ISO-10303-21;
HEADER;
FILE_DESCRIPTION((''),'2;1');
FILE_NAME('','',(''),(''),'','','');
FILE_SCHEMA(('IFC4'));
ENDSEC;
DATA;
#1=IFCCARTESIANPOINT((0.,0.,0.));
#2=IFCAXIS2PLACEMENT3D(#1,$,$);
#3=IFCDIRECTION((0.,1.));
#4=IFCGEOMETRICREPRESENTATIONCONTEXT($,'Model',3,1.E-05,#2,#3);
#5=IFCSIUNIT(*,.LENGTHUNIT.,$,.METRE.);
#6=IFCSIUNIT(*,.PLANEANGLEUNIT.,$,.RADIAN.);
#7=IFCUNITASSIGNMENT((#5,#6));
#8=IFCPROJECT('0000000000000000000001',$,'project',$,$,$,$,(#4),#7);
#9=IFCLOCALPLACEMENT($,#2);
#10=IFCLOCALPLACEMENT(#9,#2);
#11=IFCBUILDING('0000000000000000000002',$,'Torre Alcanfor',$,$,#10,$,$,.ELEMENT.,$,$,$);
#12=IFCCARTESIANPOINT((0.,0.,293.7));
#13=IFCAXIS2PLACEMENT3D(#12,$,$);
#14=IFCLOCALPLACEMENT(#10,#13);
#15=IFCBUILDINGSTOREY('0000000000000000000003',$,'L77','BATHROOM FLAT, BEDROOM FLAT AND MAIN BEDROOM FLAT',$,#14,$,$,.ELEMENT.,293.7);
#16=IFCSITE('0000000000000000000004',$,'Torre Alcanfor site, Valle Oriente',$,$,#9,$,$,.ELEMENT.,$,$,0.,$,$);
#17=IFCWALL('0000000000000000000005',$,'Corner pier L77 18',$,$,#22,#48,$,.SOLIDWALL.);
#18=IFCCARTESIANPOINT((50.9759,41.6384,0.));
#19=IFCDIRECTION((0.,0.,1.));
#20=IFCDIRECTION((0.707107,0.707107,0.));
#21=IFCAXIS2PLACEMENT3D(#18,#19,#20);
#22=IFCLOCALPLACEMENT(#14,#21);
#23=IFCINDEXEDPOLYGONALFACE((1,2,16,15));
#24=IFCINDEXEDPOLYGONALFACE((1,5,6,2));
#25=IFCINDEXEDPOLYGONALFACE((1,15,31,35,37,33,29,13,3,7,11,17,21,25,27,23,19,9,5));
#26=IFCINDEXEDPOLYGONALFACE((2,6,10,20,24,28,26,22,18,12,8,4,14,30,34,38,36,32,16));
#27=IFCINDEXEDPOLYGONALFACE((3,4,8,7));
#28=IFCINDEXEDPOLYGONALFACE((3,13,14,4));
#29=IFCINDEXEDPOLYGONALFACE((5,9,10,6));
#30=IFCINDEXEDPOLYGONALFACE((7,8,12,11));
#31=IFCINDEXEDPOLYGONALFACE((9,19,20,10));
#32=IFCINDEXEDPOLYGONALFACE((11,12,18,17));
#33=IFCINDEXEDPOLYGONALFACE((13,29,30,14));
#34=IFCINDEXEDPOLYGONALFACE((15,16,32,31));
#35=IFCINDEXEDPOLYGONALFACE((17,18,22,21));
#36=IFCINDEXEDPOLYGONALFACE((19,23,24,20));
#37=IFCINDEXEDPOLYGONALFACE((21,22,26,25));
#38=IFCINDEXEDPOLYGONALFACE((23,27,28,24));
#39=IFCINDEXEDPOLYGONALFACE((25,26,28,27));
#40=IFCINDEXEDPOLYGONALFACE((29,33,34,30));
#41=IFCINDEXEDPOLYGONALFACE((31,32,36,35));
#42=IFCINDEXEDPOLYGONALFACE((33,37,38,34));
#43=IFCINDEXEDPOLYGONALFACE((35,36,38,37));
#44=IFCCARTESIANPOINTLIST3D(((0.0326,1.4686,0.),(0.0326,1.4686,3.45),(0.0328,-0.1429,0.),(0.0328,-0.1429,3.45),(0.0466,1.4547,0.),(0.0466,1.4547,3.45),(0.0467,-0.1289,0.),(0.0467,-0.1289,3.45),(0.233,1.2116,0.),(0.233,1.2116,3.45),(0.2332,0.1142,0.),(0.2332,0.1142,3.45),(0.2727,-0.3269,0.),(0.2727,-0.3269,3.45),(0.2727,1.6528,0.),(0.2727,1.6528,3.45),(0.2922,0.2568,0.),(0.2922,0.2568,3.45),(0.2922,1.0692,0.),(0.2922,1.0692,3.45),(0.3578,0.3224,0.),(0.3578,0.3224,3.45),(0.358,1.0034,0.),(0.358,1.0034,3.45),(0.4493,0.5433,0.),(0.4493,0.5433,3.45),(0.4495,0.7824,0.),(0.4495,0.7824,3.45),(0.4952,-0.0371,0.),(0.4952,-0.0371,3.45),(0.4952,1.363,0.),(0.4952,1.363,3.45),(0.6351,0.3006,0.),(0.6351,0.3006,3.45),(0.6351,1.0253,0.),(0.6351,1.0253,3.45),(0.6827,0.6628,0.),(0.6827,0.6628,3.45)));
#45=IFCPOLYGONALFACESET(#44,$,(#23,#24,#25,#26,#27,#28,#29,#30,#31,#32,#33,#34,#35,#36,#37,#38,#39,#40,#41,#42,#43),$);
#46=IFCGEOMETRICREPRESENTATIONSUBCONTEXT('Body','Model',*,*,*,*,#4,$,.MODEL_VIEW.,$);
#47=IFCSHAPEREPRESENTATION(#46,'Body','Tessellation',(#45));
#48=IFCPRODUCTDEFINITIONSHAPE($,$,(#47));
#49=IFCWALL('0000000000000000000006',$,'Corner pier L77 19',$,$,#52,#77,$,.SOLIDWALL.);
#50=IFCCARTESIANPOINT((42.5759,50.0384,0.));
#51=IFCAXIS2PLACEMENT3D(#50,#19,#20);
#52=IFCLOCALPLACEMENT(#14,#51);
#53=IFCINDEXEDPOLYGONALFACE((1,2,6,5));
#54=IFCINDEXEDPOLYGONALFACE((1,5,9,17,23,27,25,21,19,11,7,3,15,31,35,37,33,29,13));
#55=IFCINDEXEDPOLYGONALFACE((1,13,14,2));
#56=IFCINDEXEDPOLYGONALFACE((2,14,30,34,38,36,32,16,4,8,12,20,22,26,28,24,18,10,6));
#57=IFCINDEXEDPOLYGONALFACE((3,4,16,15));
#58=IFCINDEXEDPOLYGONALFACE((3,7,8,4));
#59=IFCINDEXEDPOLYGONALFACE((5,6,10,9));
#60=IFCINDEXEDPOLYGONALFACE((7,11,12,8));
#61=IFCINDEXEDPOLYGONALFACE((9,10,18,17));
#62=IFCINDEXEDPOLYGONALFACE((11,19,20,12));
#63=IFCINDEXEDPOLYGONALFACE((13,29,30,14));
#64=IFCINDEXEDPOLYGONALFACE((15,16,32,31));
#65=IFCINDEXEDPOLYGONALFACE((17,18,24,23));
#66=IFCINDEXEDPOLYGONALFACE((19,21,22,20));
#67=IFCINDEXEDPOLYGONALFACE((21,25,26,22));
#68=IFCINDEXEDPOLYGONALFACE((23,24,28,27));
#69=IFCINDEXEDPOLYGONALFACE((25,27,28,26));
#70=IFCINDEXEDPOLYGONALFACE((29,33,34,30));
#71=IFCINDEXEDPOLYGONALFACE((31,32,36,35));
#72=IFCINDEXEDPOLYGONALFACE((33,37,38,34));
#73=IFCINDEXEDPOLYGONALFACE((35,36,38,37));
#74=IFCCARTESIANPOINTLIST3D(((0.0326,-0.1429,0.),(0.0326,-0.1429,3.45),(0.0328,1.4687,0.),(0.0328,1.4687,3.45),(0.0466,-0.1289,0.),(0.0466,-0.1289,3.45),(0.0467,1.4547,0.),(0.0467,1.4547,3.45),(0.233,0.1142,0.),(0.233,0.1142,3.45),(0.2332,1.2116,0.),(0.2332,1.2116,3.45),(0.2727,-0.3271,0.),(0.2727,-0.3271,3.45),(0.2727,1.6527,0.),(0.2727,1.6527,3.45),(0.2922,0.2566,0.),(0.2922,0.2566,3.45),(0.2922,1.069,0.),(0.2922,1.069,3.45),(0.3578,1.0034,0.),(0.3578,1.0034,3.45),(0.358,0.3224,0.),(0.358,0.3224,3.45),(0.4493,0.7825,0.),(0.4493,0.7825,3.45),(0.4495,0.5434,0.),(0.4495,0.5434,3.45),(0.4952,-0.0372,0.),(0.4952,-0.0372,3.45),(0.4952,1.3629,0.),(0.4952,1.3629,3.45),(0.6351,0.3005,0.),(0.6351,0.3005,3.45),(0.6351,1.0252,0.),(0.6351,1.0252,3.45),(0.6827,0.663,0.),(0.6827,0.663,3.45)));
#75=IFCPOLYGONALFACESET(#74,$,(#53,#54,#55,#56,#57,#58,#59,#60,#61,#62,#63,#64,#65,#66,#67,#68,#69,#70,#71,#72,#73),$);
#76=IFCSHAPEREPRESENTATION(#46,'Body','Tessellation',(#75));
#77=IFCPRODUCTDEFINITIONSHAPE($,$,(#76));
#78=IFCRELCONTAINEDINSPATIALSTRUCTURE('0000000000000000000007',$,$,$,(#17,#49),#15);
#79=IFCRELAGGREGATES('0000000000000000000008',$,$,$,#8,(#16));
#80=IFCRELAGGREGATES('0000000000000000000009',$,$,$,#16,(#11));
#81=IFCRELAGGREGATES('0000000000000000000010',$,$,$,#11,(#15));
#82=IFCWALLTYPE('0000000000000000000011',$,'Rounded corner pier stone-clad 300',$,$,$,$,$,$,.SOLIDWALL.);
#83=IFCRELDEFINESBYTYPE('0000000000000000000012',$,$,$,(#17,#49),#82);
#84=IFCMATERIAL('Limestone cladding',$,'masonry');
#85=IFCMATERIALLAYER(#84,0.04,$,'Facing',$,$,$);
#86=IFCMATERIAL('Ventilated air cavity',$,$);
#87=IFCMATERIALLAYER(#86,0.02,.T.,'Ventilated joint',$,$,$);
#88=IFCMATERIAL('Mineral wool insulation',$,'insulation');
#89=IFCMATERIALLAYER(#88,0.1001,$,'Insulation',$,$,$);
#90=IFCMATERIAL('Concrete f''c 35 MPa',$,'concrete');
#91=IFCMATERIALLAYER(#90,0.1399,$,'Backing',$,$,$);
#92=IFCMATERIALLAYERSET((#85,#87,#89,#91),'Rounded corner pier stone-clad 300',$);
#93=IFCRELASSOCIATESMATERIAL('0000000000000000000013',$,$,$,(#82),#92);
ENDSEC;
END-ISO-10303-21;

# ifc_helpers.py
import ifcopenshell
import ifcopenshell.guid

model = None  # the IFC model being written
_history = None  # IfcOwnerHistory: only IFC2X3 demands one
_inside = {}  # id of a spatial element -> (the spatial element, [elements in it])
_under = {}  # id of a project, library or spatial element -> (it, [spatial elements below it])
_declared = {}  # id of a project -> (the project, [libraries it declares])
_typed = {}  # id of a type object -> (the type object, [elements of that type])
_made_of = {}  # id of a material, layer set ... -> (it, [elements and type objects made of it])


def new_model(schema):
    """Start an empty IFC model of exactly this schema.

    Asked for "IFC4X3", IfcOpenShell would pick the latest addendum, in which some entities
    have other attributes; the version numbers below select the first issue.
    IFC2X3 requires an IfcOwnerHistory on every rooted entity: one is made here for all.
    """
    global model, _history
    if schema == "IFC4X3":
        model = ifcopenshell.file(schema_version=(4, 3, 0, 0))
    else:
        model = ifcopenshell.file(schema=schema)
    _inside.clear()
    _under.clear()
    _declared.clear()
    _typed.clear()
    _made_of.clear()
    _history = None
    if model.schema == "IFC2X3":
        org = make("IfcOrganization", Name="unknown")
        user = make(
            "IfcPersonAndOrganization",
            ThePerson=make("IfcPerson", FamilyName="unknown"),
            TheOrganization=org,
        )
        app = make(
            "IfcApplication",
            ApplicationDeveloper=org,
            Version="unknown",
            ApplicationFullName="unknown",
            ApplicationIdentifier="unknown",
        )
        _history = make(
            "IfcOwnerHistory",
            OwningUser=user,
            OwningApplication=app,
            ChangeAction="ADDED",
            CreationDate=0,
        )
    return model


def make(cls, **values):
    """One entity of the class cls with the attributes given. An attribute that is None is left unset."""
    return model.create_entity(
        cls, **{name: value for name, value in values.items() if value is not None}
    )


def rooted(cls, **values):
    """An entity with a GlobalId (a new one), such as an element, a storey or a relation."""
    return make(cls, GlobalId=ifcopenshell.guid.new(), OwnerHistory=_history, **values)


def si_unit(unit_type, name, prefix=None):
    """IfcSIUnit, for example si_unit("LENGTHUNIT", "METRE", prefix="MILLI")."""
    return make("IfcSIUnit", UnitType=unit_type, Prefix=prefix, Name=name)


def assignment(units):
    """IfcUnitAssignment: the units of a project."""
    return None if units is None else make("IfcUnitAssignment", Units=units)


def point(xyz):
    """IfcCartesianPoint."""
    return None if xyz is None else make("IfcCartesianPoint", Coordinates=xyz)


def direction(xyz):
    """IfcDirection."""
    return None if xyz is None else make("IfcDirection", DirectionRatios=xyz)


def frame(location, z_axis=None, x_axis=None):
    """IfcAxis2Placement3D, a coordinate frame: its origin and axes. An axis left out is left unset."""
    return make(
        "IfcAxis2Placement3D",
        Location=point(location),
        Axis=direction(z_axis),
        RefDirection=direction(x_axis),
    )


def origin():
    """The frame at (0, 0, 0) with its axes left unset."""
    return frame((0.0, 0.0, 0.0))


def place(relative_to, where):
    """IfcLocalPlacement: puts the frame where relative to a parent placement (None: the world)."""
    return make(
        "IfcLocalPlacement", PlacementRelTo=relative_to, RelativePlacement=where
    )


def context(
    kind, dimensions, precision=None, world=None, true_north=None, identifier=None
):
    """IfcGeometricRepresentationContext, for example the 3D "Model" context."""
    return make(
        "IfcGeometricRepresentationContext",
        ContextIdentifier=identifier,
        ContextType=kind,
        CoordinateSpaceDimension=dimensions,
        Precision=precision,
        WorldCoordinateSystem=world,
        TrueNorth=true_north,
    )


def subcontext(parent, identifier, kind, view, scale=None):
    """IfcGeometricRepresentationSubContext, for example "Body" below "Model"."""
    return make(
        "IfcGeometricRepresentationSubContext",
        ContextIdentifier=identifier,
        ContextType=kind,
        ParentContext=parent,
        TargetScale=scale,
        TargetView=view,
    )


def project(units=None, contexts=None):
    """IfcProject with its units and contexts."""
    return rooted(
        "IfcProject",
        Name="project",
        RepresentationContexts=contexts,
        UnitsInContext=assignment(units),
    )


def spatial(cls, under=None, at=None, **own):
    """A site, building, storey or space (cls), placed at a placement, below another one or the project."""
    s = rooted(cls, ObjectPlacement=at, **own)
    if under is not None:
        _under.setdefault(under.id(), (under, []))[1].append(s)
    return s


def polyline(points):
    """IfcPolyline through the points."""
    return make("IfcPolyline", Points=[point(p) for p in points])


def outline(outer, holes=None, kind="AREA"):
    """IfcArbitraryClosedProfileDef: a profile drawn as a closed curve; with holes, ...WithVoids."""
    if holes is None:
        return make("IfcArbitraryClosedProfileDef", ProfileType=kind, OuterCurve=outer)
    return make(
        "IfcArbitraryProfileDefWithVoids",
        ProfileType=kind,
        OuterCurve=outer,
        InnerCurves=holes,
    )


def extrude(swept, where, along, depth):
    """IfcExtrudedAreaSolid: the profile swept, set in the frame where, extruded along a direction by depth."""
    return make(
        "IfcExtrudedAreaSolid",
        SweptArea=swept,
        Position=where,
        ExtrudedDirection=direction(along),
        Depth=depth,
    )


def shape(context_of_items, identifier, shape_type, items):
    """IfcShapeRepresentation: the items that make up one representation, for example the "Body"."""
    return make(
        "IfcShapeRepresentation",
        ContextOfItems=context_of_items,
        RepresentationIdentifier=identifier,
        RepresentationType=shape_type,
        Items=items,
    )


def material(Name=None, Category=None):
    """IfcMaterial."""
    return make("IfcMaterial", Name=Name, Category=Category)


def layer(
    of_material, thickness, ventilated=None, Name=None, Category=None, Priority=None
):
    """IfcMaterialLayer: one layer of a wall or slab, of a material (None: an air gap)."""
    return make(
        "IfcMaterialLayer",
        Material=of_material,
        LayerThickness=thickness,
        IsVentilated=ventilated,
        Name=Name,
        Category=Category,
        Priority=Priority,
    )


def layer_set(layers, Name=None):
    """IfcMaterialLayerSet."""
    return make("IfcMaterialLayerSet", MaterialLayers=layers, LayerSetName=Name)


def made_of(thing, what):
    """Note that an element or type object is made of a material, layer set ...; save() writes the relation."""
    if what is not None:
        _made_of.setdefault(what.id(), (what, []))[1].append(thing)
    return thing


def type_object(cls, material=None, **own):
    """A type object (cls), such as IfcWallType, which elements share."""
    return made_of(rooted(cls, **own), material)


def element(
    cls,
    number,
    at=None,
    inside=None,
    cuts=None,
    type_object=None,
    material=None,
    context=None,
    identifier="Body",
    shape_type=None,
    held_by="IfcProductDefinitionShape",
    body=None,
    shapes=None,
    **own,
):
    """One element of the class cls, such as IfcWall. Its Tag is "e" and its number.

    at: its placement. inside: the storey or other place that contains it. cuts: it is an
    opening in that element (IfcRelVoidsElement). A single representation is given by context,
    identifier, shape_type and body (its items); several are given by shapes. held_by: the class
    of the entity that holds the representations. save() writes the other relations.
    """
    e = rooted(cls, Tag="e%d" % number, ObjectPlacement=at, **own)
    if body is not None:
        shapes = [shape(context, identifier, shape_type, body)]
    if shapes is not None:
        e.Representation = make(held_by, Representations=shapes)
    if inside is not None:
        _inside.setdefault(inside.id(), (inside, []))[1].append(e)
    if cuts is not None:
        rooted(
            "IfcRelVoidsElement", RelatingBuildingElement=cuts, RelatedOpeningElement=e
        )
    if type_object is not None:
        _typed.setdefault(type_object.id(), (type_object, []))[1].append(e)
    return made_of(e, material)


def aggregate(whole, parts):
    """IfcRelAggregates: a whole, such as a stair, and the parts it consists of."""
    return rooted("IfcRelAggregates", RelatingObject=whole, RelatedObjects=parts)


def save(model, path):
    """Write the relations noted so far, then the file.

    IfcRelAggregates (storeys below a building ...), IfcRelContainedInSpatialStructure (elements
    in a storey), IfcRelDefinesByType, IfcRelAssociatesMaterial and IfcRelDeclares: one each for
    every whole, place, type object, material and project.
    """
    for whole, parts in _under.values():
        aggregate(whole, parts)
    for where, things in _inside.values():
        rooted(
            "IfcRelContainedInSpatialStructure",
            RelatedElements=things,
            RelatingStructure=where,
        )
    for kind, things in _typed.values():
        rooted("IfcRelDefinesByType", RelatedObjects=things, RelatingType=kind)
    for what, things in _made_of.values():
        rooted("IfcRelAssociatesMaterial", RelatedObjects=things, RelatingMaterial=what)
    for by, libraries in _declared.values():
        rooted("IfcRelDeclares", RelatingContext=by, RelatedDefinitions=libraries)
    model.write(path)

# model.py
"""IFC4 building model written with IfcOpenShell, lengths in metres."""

from ifc_helpers import new_model, si_unit, direction, frame, origin, place, context, subcontext, project, spatial, polyline, outline, extrude, material, layer, layer_set, type_object, element, save


model = new_model("IFC4")

# Units and contexts
model_context = context("Model", 3, precision=1e-05, world=origin(), true_north=direction((0.0, 1.0)))
body_context = subcontext(model_context, "Body", "Model", "MODEL_VIEW")
ifc_project = project(units=[si_unit("LENGTHUNIT", "METRE"), si_unit("PLANEANGLEUNIT", "RADIAN")], contexts=[model_context])

# Site, building, storey
site_placement = place(None, origin())
site = spatial("IfcSite", under=ifc_project, at=site_placement, Name="Torre Alcanfor site, Valle Oriente", CompositionType="ELEMENT", RefElevation=0.0)
building_placement = place(site_placement, origin())
building = spatial("IfcBuilding", under=site, at=building_placement, Name="Torre Alcanfor", CompositionType="ELEMENT")
storey_placement = place(building_placement, frame((0.0, 0.0, 293.7)))
storey = spatial("IfcBuildingStorey", under=building, at=storey_placement, Name="L77", Description="BATHROOM FLAT, BEDROOM FLAT AND MAIN BEDROOM FLAT", CompositionType="ELEMENT", Elevation=293.7)

# Shared definitions
ifc_material_1 = material(Name="Limestone cladding", Category="masonry")
ifc_material_2 = material(Name="Ventilated air cavity")
ifc_material_3 = material(Name="Mineral wool insulation", Category="insulation")
ifc_material_4 = material(Name="Concrete f'c 35 MPa", Category="concrete")

# Walls
ifc_layer_1 = layer(ifc_material_1, 0.04, Name="Facing")
ifc_layer_2 = layer(ifc_material_2, 0.02, ventilated=True, Name="Ventilated joint")
ifc_layer_3 = layer(ifc_material_3, 0.1001, Name="Insulation")
ifc_layer_4 = layer(ifc_material_4, 0.1399, Name="Backing")
ifc_layer_set_1 = layer_set([ifc_layer_1, ifc_layer_2, ifc_layer_3, ifc_layer_4], Name="Rounded corner pier stone-clad 300")
wall_type_1 = type_object("IfcWallType", Name="Rounded corner pier stone-clad 300", PredefinedType="SOLIDWALL", material=ifc_layer_set_1)
wall_1_placement = place(storey_placement, frame((50.9759, 41.6384, 0.0), z_axis=(0.0, 0.0, 1.0), x_axis=(0.707107, 0.707107, 0.0)))
element("IfcWall", 1, at=wall_1_placement, inside=storey, type_object=wall_type_1, Name="Corner pier L77 18", PredefinedType="SOLIDWALL", context=body_context, shape_type="SweptSolid", body=[
    extrude(outline(polyline([(0.2332, 0.1142), (0.0467, -0.1289), (0.0328, -0.1429), (0.2727, -0.3269), (0.4952, -0.0371), (0.6351, 0.3006), (0.6827, 0.6628), (0.6351, 1.0253), (0.4952, 1.363), (0.2727, 1.6528), (0.0326, 1.4686), (0.0466, 1.4547), (0.233, 1.2116), (0.2922, 1.0692), (0.358, 1.0034), (0.4495, 0.7824), (0.4493, 0.5433), (0.3578, 0.3224), (0.2922, 0.2568), (0.2332, 0.1142)])), origin(), (0.0, 0.0, 1.0), 3.45),
])
wall_2_placement = place(storey_placement, frame((42.5759, 50.0384, 0.0), z_axis=(0.0, 0.0, 1.0), x_axis=(0.707107, 0.707107, 0.0)))
element("IfcWall", 2, at=wall_2_placement, inside=storey, type_object=wall_type_1, Name="Corner pier L77 19", PredefinedType="SOLIDWALL", context=body_context, shape_type="SweptSolid", body=[
    extrude(outline(polyline([(0.233, 0.1142), (0.0466, -0.1289), (0.0326, -0.1429), (0.2727, -0.3271), (0.4952, -0.0372), (0.6351, 0.3005), (0.6827, 0.663), (0.6351, 1.0252), (0.4952, 1.3629), (0.2727, 1.6527), (0.0328, 1.4687), (0.0467, 1.4547), (0.2332, 1.2116), (0.2922, 1.069), (0.3578, 1.0034), (0.4493, 0.7825), (0.4495, 0.5434), (0.358, 0.3224), (0.2922, 0.2566), (0.233, 0.1142)])), origin(), (0.0, 0.0, 1.0), 3.45),
])

save(model, "model.ifc")
